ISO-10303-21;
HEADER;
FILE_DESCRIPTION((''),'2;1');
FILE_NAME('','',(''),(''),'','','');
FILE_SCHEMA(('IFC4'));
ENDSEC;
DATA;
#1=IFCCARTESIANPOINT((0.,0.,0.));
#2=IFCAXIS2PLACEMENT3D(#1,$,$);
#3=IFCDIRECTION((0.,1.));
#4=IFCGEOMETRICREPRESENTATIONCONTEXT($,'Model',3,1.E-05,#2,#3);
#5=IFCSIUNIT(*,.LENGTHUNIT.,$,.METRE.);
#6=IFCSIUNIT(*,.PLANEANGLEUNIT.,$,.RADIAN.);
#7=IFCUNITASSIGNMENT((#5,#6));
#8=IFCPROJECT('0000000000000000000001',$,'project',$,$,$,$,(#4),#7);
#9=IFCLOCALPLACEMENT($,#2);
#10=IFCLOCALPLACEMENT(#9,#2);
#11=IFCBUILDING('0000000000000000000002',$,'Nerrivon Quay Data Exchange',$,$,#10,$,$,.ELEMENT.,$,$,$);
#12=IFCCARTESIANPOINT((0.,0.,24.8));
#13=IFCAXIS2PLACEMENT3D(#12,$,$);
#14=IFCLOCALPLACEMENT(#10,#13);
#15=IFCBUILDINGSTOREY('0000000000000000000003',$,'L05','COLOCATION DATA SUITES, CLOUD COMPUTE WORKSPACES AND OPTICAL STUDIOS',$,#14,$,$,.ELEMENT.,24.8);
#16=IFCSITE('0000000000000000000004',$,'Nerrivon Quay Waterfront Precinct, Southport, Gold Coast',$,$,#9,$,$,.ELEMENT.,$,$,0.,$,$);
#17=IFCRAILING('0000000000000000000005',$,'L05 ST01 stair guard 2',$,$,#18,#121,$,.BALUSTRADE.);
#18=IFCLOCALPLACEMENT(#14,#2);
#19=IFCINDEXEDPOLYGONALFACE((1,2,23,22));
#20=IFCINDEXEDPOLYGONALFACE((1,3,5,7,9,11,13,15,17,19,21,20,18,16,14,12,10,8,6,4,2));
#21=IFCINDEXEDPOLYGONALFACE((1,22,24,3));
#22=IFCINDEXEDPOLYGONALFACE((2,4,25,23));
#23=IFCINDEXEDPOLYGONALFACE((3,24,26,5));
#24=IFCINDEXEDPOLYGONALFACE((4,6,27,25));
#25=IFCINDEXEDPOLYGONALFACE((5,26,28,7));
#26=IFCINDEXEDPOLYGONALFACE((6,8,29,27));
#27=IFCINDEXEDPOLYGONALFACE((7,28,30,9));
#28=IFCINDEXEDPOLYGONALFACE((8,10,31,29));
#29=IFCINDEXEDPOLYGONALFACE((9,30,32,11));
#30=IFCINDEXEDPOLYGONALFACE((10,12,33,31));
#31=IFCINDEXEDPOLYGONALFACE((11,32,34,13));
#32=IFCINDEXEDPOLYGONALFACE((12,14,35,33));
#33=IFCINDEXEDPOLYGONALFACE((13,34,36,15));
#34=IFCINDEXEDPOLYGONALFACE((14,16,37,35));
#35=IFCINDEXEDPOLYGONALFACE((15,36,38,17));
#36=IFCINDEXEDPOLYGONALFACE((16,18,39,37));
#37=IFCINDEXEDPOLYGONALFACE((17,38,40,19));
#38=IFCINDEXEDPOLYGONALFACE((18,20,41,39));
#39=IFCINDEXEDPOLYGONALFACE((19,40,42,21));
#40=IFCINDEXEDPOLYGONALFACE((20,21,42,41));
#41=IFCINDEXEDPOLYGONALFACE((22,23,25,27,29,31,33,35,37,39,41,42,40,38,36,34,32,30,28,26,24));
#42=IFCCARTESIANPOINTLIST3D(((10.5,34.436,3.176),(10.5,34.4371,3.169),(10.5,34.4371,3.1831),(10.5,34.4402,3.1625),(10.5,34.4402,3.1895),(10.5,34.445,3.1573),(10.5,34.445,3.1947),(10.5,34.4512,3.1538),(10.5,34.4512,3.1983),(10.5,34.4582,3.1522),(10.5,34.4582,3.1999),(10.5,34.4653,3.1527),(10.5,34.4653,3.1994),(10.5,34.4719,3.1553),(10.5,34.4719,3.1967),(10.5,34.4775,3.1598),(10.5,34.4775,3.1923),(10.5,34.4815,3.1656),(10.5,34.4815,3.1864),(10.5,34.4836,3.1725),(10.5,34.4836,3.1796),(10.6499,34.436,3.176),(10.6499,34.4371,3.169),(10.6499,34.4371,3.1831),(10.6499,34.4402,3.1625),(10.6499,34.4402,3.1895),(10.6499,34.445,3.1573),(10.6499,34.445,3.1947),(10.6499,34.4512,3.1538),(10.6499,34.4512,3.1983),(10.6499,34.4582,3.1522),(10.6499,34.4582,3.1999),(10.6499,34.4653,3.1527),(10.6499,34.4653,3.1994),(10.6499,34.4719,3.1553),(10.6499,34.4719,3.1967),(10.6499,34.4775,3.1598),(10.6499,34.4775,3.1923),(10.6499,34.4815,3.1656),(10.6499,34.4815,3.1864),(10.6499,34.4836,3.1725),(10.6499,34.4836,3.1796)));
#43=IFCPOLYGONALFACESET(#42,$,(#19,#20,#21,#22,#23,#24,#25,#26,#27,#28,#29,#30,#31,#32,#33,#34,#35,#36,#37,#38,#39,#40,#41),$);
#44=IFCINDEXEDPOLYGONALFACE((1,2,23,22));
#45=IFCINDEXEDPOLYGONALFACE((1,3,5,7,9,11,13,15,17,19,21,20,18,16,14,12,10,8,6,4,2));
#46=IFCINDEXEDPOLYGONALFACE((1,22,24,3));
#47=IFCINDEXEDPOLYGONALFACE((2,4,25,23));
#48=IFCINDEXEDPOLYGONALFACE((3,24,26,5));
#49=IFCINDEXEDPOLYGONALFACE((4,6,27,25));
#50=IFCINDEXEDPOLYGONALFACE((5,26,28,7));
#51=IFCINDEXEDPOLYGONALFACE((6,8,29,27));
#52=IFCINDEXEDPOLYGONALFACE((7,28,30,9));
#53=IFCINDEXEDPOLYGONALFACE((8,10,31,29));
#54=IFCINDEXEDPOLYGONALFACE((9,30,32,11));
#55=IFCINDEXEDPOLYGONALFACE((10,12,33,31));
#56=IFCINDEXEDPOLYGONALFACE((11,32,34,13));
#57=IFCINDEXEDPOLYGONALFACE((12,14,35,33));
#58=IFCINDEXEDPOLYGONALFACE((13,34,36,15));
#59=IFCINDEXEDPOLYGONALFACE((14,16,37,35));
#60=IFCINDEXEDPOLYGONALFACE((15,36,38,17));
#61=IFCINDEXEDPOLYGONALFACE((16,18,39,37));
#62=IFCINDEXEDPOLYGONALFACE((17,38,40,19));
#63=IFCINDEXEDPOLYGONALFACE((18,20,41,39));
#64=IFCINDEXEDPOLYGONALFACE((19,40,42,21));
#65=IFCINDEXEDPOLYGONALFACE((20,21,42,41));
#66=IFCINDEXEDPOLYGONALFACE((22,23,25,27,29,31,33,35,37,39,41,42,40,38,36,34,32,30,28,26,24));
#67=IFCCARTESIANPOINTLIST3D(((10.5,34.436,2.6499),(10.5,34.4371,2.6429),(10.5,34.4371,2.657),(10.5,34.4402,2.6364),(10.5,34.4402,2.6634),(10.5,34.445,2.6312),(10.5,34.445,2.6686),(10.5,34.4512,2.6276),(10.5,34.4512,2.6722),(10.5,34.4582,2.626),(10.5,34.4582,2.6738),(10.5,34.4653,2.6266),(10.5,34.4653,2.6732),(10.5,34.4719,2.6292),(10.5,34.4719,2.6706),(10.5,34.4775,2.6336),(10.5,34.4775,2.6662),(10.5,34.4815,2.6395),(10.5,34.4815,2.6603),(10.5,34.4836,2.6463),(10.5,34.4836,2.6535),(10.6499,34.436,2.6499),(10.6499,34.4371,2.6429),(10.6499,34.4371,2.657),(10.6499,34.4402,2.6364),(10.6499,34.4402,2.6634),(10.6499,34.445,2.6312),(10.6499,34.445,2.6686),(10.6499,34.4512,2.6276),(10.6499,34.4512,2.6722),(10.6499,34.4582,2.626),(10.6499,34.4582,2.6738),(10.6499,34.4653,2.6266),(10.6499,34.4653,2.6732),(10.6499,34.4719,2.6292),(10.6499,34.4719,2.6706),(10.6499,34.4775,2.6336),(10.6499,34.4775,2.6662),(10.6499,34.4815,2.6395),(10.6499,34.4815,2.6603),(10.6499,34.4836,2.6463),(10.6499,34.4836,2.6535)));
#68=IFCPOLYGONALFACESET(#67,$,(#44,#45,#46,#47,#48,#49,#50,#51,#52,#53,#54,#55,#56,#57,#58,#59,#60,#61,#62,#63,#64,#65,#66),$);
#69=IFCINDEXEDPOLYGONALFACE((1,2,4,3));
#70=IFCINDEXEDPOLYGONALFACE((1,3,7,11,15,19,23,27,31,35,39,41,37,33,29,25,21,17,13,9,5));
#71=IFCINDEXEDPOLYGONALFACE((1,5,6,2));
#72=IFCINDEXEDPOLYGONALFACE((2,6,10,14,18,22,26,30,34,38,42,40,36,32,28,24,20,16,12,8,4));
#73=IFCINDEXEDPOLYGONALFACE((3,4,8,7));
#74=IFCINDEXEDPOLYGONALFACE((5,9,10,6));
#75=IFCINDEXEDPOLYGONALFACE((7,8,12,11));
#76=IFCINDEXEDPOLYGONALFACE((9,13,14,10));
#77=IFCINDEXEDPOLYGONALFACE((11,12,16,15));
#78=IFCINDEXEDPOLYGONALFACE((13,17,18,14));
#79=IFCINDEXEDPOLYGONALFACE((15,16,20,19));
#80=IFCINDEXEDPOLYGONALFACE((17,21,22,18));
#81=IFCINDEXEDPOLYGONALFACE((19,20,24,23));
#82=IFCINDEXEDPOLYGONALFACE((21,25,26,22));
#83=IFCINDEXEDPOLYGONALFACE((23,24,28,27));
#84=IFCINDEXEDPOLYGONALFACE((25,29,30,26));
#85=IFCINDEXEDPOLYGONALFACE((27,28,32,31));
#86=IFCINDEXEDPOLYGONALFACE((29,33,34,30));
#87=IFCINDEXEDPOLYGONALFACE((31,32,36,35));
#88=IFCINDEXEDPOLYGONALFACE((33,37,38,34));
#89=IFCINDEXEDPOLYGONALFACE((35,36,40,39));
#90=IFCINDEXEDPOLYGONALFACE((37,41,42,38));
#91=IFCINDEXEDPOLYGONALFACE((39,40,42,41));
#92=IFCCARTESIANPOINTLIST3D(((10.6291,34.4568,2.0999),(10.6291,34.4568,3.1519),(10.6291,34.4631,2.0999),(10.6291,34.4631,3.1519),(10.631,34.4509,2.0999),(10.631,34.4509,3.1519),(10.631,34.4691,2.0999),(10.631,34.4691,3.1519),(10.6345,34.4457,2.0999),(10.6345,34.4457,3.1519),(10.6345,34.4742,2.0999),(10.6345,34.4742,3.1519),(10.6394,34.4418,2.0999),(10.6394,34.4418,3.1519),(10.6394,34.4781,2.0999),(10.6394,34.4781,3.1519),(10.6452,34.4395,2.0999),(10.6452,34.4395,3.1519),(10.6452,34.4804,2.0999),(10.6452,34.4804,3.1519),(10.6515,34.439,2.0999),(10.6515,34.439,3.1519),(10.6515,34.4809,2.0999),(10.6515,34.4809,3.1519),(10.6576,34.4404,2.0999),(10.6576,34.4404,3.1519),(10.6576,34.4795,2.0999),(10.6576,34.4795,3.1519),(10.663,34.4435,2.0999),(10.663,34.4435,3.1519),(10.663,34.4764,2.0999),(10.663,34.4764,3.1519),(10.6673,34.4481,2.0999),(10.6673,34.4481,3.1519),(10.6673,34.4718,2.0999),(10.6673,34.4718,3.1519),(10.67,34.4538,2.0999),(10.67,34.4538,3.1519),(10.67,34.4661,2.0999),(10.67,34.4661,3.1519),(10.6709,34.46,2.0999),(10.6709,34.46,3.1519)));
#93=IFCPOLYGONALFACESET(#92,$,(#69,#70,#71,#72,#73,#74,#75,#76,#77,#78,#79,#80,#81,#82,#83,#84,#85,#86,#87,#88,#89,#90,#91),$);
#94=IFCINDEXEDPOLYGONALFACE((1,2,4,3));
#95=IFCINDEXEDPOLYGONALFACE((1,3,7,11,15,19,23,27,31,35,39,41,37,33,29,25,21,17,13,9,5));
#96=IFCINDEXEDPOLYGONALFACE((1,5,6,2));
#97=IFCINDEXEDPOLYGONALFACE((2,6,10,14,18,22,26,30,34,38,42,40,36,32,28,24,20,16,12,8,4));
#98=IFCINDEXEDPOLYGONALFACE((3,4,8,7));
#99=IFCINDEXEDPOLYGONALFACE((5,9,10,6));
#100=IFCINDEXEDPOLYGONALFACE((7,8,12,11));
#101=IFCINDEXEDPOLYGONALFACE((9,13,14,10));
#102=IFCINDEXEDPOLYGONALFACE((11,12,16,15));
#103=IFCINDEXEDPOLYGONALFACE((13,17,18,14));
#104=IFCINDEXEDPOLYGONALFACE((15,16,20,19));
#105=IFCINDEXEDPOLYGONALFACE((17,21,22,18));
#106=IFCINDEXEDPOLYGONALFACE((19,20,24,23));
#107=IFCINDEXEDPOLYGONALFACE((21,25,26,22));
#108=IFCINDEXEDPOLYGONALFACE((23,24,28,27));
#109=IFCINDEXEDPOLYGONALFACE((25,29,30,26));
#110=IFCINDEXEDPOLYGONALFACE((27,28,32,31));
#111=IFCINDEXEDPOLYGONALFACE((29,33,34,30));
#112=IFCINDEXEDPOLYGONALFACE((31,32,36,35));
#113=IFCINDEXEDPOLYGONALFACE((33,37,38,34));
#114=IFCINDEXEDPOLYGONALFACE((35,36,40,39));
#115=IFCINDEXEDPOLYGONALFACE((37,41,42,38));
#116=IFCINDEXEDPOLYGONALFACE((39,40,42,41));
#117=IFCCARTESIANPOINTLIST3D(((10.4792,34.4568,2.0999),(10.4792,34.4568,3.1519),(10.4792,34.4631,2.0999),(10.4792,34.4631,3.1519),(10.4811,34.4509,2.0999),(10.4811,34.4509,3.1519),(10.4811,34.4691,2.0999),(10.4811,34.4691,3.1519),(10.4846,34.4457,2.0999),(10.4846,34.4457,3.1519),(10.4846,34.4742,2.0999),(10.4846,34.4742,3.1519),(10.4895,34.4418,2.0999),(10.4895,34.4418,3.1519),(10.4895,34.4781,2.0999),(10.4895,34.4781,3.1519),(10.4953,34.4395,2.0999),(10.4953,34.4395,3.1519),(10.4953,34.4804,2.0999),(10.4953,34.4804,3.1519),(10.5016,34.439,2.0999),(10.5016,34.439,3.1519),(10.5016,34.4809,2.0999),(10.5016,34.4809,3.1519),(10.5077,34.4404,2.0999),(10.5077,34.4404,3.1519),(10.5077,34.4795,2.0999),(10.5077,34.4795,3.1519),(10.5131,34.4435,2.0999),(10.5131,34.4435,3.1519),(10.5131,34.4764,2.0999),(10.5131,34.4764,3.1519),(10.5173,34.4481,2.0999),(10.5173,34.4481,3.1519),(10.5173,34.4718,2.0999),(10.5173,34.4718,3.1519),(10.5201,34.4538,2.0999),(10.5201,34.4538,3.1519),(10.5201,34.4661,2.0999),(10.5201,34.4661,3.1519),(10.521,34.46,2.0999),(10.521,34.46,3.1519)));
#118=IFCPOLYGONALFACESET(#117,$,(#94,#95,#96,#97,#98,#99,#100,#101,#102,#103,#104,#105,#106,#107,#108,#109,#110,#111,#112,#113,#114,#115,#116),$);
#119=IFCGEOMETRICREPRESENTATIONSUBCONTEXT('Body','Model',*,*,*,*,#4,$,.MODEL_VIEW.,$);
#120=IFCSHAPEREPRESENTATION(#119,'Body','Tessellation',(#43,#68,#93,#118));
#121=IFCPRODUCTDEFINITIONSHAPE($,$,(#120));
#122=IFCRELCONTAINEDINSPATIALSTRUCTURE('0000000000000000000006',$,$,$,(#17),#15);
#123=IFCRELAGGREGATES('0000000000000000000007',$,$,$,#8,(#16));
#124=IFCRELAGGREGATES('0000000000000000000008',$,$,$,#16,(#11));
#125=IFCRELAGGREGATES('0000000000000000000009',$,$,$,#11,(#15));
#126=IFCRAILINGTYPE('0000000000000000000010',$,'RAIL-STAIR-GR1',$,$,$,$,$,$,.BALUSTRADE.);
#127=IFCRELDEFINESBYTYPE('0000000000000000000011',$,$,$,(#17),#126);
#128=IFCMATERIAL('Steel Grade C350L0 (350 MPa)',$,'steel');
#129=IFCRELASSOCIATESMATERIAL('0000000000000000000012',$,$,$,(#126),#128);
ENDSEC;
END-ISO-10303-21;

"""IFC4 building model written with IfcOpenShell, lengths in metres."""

from ifc_helpers import new_model, si_unit, direction, frame, origin, origin_2d, place, context, subcontext, project, spatial, circle, extrude, material, type_object, element, save


model = new_model("IFC4")

# Units and contexts
model_context = context("Model", 3, precision=1e-05, world=origin(), true_north=direction((0.0, 1.0)))
body_context = subcontext(model_context, "Body", "Model", "MODEL_VIEW")
ifc_project = project(units=[si_unit("LENGTHUNIT", "METRE"), si_unit("PLANEANGLEUNIT", "RADIAN")], contexts=[model_context])

# Site, building, storey
site_placement = place(None, origin())
site = spatial("IfcSite", under=ifc_project, at=site_placement, Name="Nerrivon Quay Waterfront Precinct, Southport, Gold Coast", CompositionType="ELEMENT", RefElevation=0.0)
building_placement = place(site_placement, origin())
building = spatial("IfcBuilding", under=site, at=building_placement, Name="Nerrivon Quay Data Exchange", CompositionType="ELEMENT")
storey_placement = place(building_placement, frame((0.0, 0.0, 24.8)))
storey = spatial("IfcBuildingStorey", under=building, at=storey_placement, Name="L05", Description="COLOCATION DATA SUITES, CLOUD COMPUTE WORKSPACES AND OPTICAL STUDIOS", CompositionType="ELEMENT", Elevation=24.8)

# Railing
ifc_material_1 = material(Name="Steel Grade C350L0 (350 MPa)", Category="steel")
railing_type_1 = type_object("IfcRailingType", Name="RAIL-STAIR-GR1", PredefinedType="BALUSTRADE", material=ifc_material_1)
railing_1_placement = place(storey_placement, frame((10.6499, 34.46, 2.0999)))
element("IfcRailing", 1, at=railing_1_placement, inside=storey, type_object=railing_type_1, Name="L05 ST01 stair guard 2", PredefinedType="BALUSTRADE", context=body_context, shape_type="SweptSolid", body=[
    extrude(circle(Radius=0.0239, at=origin_2d()), frame((0.0, 0.0, 1.0762), z_axis=(-1.0, 0.0, 0.0), x_axis=(0.0, -1.0, 0.0)), (0.0, 0.0, 1.0), 0.1499),
    extrude(circle(Radius=0.0239, at=origin_2d()), frame((0.0, 0.0, 0.55), z_axis=(-1.0, 0.0, 0.0), x_axis=(0.0, -1.0, 0.0)), (0.0, 0.0, 1.0), 0.1499),
    extrude(circle(Radius=0.021, at=origin_2d()), origin(), (0.0, 0.0, 1.0), 1.052),
    extrude(circle(Radius=0.021, at=origin_2d()), frame((-0.1499, 0.0, 0.0)), (0.0, 0.0, 1.0), 1.052),
])

save(model, "model.ifc")
